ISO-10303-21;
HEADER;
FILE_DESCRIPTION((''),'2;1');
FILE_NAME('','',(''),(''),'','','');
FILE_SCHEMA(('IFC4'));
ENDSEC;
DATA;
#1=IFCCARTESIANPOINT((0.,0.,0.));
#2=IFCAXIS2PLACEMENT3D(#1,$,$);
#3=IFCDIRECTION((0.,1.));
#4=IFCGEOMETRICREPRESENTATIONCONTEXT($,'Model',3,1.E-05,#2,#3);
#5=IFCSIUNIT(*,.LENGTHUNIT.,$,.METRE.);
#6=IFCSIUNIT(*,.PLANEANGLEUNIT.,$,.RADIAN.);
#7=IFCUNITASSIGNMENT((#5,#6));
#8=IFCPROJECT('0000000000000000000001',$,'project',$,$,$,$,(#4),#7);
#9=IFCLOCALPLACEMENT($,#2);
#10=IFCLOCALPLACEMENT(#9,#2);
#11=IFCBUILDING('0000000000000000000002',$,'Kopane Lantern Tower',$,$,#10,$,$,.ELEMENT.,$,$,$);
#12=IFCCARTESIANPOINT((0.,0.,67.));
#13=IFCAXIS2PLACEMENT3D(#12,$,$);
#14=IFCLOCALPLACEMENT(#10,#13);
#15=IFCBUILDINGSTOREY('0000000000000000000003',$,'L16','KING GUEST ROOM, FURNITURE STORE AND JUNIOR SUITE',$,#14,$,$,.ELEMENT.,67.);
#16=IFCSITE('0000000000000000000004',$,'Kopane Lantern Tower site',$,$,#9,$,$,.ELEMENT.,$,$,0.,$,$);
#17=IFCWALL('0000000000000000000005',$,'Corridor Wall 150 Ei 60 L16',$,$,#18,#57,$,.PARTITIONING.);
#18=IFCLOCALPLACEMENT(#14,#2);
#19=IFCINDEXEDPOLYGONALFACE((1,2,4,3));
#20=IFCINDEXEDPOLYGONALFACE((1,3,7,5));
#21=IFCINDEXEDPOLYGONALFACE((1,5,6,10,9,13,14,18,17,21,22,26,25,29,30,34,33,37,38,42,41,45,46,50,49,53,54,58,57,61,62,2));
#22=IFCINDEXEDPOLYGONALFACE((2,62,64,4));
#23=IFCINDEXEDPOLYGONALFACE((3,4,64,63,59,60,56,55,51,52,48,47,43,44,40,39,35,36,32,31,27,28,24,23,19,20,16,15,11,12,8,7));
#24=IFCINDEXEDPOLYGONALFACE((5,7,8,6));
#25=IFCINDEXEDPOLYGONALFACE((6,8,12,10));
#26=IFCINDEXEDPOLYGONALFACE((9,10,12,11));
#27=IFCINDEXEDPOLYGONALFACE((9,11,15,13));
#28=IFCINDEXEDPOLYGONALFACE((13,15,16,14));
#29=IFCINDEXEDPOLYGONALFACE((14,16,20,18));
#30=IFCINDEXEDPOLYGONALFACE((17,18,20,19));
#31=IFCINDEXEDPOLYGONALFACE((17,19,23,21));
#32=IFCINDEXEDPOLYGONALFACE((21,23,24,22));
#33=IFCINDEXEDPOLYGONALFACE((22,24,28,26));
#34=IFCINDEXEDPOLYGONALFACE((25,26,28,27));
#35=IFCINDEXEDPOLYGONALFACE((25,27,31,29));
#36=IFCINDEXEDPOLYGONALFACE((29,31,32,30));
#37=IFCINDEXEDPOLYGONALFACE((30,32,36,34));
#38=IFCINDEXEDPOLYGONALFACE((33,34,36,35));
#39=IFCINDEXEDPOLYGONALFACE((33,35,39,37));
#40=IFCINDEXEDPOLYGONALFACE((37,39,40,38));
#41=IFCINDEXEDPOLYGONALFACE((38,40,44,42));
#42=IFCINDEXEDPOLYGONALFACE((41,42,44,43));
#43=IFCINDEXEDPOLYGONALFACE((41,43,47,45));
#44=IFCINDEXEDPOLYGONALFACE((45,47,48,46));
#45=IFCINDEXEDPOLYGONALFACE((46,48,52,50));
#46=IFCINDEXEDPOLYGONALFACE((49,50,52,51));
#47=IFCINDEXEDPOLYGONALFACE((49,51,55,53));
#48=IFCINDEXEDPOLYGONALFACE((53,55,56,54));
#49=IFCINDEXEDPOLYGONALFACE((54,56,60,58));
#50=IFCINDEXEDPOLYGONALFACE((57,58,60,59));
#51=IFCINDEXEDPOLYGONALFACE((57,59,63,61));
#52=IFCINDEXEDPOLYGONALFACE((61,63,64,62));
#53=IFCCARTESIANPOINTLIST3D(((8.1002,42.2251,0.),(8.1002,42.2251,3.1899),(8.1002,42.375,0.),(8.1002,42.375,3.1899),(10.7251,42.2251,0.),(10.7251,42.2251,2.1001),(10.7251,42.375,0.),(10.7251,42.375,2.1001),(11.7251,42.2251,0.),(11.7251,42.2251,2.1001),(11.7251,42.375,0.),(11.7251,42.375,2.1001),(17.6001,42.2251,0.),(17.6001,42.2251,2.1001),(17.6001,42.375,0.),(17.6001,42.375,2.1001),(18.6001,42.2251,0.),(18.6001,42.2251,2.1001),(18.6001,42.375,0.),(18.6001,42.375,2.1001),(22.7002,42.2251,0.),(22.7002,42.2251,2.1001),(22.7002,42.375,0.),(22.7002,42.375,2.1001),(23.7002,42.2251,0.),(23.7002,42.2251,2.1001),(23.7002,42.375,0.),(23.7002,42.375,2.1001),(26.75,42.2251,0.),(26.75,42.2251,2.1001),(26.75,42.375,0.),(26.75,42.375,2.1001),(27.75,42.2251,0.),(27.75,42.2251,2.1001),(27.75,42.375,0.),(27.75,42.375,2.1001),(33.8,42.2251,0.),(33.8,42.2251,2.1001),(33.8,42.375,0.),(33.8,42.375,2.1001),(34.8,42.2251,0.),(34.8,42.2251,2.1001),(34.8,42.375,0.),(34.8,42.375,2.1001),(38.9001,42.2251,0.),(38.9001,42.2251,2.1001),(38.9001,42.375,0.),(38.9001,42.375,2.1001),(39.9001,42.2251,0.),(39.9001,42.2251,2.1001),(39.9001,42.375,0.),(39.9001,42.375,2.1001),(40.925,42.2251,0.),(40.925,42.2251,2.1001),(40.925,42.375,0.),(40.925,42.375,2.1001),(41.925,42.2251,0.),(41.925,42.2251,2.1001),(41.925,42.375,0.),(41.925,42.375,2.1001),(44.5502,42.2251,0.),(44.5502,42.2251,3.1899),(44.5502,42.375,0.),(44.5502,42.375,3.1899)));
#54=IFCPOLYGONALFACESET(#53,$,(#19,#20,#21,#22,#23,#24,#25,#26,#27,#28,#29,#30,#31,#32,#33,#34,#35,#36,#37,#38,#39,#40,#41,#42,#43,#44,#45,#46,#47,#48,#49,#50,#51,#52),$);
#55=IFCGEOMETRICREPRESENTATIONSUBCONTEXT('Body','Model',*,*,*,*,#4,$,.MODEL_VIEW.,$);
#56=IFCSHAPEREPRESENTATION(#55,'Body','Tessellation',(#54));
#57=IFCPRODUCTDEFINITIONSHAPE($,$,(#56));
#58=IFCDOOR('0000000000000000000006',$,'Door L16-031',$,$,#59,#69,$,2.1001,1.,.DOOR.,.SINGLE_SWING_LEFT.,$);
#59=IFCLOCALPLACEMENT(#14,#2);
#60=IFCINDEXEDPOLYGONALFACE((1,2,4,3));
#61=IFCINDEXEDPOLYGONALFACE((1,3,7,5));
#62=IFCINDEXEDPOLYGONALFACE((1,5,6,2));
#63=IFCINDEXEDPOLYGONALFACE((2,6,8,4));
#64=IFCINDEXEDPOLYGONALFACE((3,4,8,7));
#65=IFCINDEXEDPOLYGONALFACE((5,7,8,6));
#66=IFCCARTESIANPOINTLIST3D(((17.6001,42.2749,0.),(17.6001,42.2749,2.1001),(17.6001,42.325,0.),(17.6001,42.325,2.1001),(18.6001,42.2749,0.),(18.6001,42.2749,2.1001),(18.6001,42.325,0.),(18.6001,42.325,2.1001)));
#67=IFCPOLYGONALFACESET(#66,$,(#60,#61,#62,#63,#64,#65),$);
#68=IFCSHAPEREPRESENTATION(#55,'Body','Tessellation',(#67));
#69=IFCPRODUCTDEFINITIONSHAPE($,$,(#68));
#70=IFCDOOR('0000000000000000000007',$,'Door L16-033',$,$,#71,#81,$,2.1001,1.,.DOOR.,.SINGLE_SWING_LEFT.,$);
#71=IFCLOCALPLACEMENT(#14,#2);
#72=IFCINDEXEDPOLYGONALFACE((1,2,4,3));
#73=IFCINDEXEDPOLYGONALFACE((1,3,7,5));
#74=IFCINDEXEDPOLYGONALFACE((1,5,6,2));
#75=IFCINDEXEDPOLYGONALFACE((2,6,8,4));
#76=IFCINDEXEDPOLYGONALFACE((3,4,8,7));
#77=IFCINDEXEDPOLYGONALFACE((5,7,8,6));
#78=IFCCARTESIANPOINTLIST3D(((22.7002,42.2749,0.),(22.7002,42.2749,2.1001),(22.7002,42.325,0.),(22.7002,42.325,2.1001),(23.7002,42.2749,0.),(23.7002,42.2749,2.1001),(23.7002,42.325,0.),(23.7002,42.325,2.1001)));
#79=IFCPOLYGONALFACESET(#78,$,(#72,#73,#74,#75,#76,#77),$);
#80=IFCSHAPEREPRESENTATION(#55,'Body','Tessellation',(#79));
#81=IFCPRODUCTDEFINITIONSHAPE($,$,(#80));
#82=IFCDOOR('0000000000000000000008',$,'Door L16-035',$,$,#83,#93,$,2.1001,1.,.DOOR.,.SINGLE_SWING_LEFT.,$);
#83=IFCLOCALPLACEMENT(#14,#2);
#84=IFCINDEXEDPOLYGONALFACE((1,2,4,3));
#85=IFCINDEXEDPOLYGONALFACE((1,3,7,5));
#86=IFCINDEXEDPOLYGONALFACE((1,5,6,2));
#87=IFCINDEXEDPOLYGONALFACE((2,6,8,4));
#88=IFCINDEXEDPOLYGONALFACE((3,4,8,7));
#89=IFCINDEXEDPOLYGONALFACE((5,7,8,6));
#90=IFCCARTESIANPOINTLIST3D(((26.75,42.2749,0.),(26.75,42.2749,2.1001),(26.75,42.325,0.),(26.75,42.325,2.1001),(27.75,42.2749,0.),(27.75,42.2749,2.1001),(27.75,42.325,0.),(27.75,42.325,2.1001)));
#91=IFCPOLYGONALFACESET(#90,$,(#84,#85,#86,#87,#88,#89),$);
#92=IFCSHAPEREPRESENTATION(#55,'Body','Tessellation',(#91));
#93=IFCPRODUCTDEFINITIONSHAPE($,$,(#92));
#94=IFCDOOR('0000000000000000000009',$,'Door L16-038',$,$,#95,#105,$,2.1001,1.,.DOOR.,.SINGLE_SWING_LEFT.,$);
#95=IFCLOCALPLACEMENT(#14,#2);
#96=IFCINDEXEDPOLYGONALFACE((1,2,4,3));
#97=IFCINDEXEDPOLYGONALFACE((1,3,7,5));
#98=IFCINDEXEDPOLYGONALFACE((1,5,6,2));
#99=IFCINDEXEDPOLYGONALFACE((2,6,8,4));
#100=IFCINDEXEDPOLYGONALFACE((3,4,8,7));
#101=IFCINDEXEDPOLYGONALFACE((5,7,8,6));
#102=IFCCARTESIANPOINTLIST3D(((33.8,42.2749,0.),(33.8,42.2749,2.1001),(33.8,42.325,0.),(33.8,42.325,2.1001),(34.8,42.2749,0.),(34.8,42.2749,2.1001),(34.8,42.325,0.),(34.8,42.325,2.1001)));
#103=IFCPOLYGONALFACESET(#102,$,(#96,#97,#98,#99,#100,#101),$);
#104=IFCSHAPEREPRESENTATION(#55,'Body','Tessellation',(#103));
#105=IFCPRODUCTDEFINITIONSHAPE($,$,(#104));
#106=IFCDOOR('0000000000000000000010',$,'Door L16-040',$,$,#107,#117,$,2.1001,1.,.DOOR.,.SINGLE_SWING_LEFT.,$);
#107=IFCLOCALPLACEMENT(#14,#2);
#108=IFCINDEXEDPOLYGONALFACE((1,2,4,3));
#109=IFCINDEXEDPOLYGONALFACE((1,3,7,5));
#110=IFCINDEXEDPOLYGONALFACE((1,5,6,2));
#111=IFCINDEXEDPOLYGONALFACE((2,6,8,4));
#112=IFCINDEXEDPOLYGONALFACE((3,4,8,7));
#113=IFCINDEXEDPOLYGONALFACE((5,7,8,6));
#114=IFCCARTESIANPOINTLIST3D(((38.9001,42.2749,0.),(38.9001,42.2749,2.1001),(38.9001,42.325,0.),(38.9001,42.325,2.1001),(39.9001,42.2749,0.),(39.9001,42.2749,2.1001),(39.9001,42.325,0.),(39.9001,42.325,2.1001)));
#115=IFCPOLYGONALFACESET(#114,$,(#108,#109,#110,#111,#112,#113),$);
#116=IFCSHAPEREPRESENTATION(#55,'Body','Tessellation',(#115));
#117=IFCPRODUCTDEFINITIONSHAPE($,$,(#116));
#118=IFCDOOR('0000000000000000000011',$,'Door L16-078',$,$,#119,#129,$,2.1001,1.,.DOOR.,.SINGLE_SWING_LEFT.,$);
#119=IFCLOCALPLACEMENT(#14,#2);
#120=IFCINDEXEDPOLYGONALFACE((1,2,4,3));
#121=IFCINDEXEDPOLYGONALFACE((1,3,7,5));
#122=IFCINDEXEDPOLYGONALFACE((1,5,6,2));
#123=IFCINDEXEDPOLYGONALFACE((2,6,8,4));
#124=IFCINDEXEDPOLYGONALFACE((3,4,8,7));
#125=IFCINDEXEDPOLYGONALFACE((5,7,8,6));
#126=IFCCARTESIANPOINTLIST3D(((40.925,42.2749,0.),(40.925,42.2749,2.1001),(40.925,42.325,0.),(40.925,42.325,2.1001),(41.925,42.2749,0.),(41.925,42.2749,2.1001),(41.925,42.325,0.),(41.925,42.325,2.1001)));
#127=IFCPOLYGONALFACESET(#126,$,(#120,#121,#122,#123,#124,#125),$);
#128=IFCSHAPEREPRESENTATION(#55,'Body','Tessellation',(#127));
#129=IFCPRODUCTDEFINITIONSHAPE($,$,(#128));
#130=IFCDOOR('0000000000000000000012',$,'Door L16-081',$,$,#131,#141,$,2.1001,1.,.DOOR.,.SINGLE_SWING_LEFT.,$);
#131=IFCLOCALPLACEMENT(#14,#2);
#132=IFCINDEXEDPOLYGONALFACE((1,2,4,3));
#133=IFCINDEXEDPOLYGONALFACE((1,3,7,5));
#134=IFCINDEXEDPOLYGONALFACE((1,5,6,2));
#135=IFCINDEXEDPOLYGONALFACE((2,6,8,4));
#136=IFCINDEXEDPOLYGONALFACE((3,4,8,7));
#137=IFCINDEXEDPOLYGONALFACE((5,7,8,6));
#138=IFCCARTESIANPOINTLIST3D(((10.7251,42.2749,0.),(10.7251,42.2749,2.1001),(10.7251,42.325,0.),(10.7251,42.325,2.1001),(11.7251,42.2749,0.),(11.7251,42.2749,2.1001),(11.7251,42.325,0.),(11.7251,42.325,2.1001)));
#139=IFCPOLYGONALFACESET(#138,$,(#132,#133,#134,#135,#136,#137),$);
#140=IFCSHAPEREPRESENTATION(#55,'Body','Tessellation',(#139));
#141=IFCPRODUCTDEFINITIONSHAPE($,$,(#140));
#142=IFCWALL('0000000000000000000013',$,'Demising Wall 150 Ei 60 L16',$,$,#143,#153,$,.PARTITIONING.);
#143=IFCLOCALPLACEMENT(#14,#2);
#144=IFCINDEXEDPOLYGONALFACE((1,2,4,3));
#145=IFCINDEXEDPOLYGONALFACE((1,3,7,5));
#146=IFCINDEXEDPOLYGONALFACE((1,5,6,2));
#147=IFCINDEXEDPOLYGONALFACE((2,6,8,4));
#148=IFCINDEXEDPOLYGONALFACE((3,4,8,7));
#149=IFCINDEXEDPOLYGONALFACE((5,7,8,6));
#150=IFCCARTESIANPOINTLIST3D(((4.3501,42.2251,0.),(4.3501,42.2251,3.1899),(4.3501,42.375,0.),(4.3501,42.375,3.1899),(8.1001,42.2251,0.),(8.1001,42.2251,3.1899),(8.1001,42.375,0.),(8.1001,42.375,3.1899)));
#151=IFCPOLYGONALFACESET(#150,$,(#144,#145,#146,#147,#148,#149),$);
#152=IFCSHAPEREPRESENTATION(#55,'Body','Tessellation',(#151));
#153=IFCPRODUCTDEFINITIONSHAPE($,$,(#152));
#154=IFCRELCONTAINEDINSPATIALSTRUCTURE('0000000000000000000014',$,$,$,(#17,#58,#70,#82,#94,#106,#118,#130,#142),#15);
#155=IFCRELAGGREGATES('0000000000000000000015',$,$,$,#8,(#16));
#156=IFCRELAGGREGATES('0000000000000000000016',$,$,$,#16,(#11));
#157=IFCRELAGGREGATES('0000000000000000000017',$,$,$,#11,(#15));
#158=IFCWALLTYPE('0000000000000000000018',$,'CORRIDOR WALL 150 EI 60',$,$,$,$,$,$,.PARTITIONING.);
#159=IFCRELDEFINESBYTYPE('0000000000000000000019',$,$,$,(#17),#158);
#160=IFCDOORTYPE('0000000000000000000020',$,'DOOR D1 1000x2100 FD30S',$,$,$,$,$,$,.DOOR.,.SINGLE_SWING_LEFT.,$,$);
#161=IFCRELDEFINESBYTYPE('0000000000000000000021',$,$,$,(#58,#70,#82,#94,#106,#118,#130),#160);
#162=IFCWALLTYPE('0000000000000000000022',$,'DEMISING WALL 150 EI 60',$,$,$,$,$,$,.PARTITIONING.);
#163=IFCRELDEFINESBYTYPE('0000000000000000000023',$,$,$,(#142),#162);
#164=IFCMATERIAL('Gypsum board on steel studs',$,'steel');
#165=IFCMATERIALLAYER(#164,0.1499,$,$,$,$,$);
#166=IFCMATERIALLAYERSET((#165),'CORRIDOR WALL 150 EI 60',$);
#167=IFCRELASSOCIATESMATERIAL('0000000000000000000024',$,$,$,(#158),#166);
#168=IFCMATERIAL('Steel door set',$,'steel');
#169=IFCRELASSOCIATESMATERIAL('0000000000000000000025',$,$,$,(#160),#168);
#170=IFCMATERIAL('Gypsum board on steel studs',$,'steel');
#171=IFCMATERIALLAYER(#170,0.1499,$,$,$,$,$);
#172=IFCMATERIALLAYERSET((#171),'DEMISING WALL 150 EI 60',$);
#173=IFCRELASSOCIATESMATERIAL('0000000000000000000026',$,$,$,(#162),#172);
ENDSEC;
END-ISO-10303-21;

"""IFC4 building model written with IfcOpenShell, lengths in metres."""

from ifc_helpers import new_model, si_unit, direction, frame, frame_2d, origin, place, context, subcontext, project, spatial, rectangle, extrude, material, layer, layer_set, type_object, element, fill, save


model = new_model("IFC4")

# Units and contexts
model_context = context("Model", 3, precision=1e-05, world=origin(), true_north=direction((0.0, 1.0)))
body_context = subcontext(model_context, "Body", "Model", "MODEL_VIEW")
ifc_project = project(units=[si_unit("LENGTHUNIT", "METRE"), si_unit("PLANEANGLEUNIT", "RADIAN")], contexts=[model_context])

# Site, building, storey
site_placement = place(None, origin())
site = spatial("IfcSite", under=ifc_project, at=site_placement, Name="Kopane Lantern Tower site", CompositionType="ELEMENT", RefElevation=0.0)
building_placement = place(site_placement, origin())
building = spatial("IfcBuilding", under=site, at=building_placement, Name="Kopane Lantern Tower", CompositionType="ELEMENT")
storey_placement = place(building_placement, frame((0.0, 0.0, 67.0)))
storey = spatial("IfcBuildingStorey", under=building, at=storey_placement, Name="L16", Description="KING GUEST ROOM, FURNITURE STORE AND JUNIOR SUITE", CompositionType="ELEMENT", Elevation=67.0)

# Wall, openings, doors
ifc_material_1 = material(Name="Gypsum board on steel studs", Category="steel")
ifc_layer_1 = layer(ifc_material_1, 0.1499)
ifc_layer_set_1 = layer_set([ifc_layer_1], Name="CORRIDOR WALL 150 EI 60")
wall_type_1 = type_object("IfcWallType", Name="CORRIDOR WALL 150 EI 60", PredefinedType="PARTITIONING", material=ifc_layer_set_1)
wall_1_placement = place(storey_placement, frame((8.1001, 42.3, 0.0), z_axis=(0.0, 0.0, 1.0), x_axis=(1.0, 0.0, 0.0)))
wall_1 = element("IfcWall", 1, at=wall_1_placement, inside=storey, type_object=wall_type_1, Name="Corridor Wall 150 Ei 60 L16", PredefinedType="PARTITIONING", context=body_context, shape_type="SweptSolid", body=[
    extrude(rectangle(XDim=36.45, YDim=0.1499, at=frame_2d((18.2251, 0.0))), origin(), (0.0, 0.0, 1.0), 3.1899),
])
opening_1_placement = place(wall_1_placement, frame((9.5, 0.0, 0.0)))
opening_1 = element("IfcOpeningElement", 2, at=opening_1_placement, cuts=wall_1, PredefinedType="OPENING", context=body_context, shape_type="SweptSolid", body=[
    extrude(rectangle(XDim=1.0, YDim=2.1001, at=frame_2d((0.5, 1.05))), frame((0.0, 0.085, 0.0), z_axis=(0.0, -1.0, 0.0), x_axis=(1.0, 0.0, 0.0)), (0.0, 0.0, 1.0), 0.1699),
])
opening_2_placement = place(wall_1_placement, frame((14.6001, 0.0, 0.0)))
opening_2 = element("IfcOpeningElement", 3, at=opening_2_placement, cuts=wall_1, PredefinedType="OPENING", context=body_context, shape_type="SweptSolid", body=[
    extrude(rectangle(XDim=1.0, YDim=2.1001, at=frame_2d((0.5, 1.05))), frame((0.0, 0.085, 0.0), z_axis=(0.0, -1.0, 0.0), x_axis=(1.0, 0.0, 0.0)), (0.0, 0.0, 1.0), 0.1699),
])
opening_3_placement = place(wall_1_placement, frame((18.6499, 0.0, 0.0)))
opening_3 = element("IfcOpeningElement", 4, at=opening_3_placement, cuts=wall_1, PredefinedType="OPENING", context=body_context, shape_type="SweptSolid", body=[
    extrude(rectangle(XDim=1.0, YDim=2.1001, at=frame_2d((0.5, 1.05))), frame((0.0, 0.085, 0.0), z_axis=(0.0, -1.0, 0.0), x_axis=(1.0, 0.0, 0.0)), (0.0, 0.0, 1.0), 0.1699),
])
opening_4_placement = place(wall_1_placement, frame((25.7, 0.0, 0.0)))
opening_4 = element("IfcOpeningElement", 5, at=opening_4_placement, cuts=wall_1, PredefinedType="OPENING", context=body_context, shape_type="SweptSolid", body=[
    extrude(rectangle(XDim=1.0, YDim=2.1001, at=frame_2d((0.5, 1.05))), frame((0.0, 0.085, 0.0), z_axis=(0.0, -1.0, 0.0), x_axis=(1.0, 0.0, 0.0)), (0.0, 0.0, 1.0), 0.1699),
])
opening_5_placement = place(wall_1_placement, frame((30.8, 0.0, 0.0)))
opening_5 = element("IfcOpeningElement", 6, at=opening_5_placement, cuts=wall_1, PredefinedType="OPENING", context=body_context, shape_type="SweptSolid", body=[
    extrude(rectangle(XDim=1.0, YDim=2.1001, at=frame_2d((0.5, 1.05))), frame((0.0, 0.085, 0.0), z_axis=(0.0, -1.0, 0.0), x_axis=(1.0, 0.0, 0.0)), (0.0, 0.0, 1.0), 0.1699),
])
opening_6_placement = place(wall_1_placement, frame((32.825, 0.0, 0.0)))
opening_6 = element("IfcOpeningElement", 7, at=opening_6_placement, cuts=wall_1, PredefinedType="OPENING", context=body_context, shape_type="SweptSolid", body=[
    extrude(rectangle(XDim=1.0, YDim=2.1001, at=frame_2d((0.5, 1.05))), frame((0.0, 0.085, 0.0), z_axis=(0.0, -1.0, 0.0), x_axis=(1.0, 0.0, 0.0)), (0.0, 0.0, 1.0), 0.1699),
])
opening_7_placement = place(wall_1_placement, frame((2.625, 0.0, 0.0)))
opening_7 = element("IfcOpeningElement", 8, at=opening_7_placement, cuts=wall_1, PredefinedType="OPENING", context=body_context, shape_type="SweptSolid", body=[
    extrude(rectangle(XDim=1.0, YDim=2.1001, at=frame_2d((0.5, 1.05))), frame((0.0, 0.085, 0.0), z_axis=(0.0, -1.0, 0.0), x_axis=(1.0, 0.0, 0.0)), (0.0, 0.0, 1.0), 0.1699),
])
ifc_material_2 = material(Name="Steel door set", Category="steel")
door_type = type_object("IfcDoorType", Name="DOOR D1 1000x2100 FD30S", OperationType="SINGLE_SWING_LEFT", PredefinedType="DOOR", material=ifc_material_2)
door_1_placement = place(opening_1_placement, origin())
door_1 = element("IfcDoor", 9, at=door_1_placement, inside=storey, type_object=door_type, Name="Door L16-031", OperationType="SINGLE_SWING_LEFT", OverallHeight=2.1001, OverallWidth=1.0, PredefinedType="DOOR", context=body_context, shape_type="SweptSolid", body=[
    extrude(rectangle(XDim=1.0, YDim=2.1001, at=frame_2d((0.5, 1.05))), frame((0.0, 0.0249, 0.0), z_axis=(0.0, -1.0, 0.0), x_axis=(1.0, 0.0, 0.0)), (0.0, 0.0, 1.0), 0.05),
])
fill(opening_1, door_1)
door_2_placement = place(opening_2_placement, origin())
door_2 = element("IfcDoor", 10, at=door_2_placement, inside=storey, type_object=door_type, Name="Door L16-033", OperationType="SINGLE_SWING_LEFT", OverallHeight=2.1001, OverallWidth=1.0, PredefinedType="DOOR", context=body_context, shape_type="SweptSolid", body=[
    extrude(rectangle(XDim=1.0, YDim=2.1001, at=frame_2d((0.5, 1.05))), frame((0.0, 0.0249, 0.0), z_axis=(0.0, -1.0, 0.0), x_axis=(1.0, 0.0, 0.0)), (0.0, 0.0, 1.0), 0.05),
])
fill(opening_2, door_2)
door_3_placement = place(opening_3_placement, origin())
door_3 = element("IfcDoor", 11, at=door_3_placement, inside=storey, type_object=door_type, Name="Door L16-035", OperationType="SINGLE_SWING_LEFT", OverallHeight=2.1001, OverallWidth=1.0, PredefinedType="DOOR", context=body_context, shape_type="SweptSolid", body=[
    extrude(rectangle(XDim=1.0, YDim=2.1001, at=frame_2d((0.5, 1.05))), frame((0.0, 0.0249, 0.0), z_axis=(0.0, -1.0, 0.0), x_axis=(1.0, 0.0, 0.0)), (0.0, 0.0, 1.0), 0.05),
])
fill(opening_3, door_3)
door_4_placement = place(opening_4_placement, origin())
door_4 = element("IfcDoor", 12, at=door_4_placement, inside=storey, type_object=door_type, Name="Door L16-038", OperationType="SINGLE_SWING_LEFT", OverallHeight=2.1001, OverallWidth=1.0, PredefinedType="DOOR", context=body_context, shape_type="SweptSolid", body=[
    extrude(rectangle(XDim=1.0, YDim=2.1001, at=frame_2d((0.5, 1.05))), frame((0.0, 0.0249, 0.0), z_axis=(0.0, -1.0, 0.0), x_axis=(1.0, 0.0, 0.0)), (0.0, 0.0, 1.0), 0.05),
])
fill(opening_4, door_4)
door_5_placement = place(opening_5_placement, origin())
door_5 = element("IfcDoor", 13, at=door_5_placement, inside=storey, type_object=door_type, Name="Door L16-040", OperationType="SINGLE_SWING_LEFT", OverallHeight=2.1001, OverallWidth=1.0, PredefinedType="DOOR", context=body_context, shape_type="SweptSolid", body=[
    extrude(rectangle(XDim=1.0, YDim=2.1001, at=frame_2d((0.5, 1.05))), frame((0.0, 0.0249, 0.0), z_axis=(0.0, -1.0, 0.0), x_axis=(1.0, 0.0, 0.0)), (0.0, 0.0, 1.0), 0.05),
])
fill(opening_5, door_5)
door_6_placement = place(opening_6_placement, origin())
door_6 = element("IfcDoor", 14, at=door_6_placement, inside=storey, type_object=door_type, Name="Door L16-078", OperationType="SINGLE_SWING_LEFT", OverallHeight=2.1001, OverallWidth=1.0, PredefinedType="DOOR", context=body_context, shape_type="SweptSolid", body=[
    extrude(rectangle(XDim=1.0, YDim=2.1001, at=frame_2d((0.5, 1.05))), frame((0.0, 0.0249, 0.0), z_axis=(0.0, -1.0, 0.0), x_axis=(1.0, 0.0, 0.0)), (0.0, 0.0, 1.0), 0.05),
])
fill(opening_6, door_6)
door_7_placement = place(opening_7_placement, origin())
door_7 = element("IfcDoor", 15, at=door_7_placement, inside=storey, type_object=door_type, Name="Door L16-081", OperationType="SINGLE_SWING_LEFT", OverallHeight=2.1001, OverallWidth=1.0, PredefinedType="DOOR", context=body_context, shape_type="SweptSolid", body=[
    extrude(rectangle(XDim=1.0, YDim=2.1001, at=frame_2d((0.5, 1.05))), frame((0.0, 0.0249, 0.0), z_axis=(0.0, -1.0, 0.0), x_axis=(1.0, 0.0, 0.0)), (0.0, 0.0, 1.0), 0.05),
])
fill(opening_7, door_7)

# Wall
ifc_material_3 = material(Name="Gypsum board on steel studs", Category="steel")
ifc_layer_2 = layer(ifc_material_3, 0.1499)
ifc_layer_set_2 = layer_set([ifc_layer_2], Name="DEMISING WALL 150 EI 60")
wall_type_2 = type_object("IfcWallType", Name="DEMISING WALL 150 EI 60", PredefinedType="PARTITIONING", material=ifc_layer_set_2)
wall_2_placement = place(storey_placement, frame((4.3501, 42.3, 0.0), z_axis=(0.0, 0.0, 1.0), x_axis=(1.0, 0.0, 0.0)))
element("IfcWall", 16, at=wall_2_placement, inside=storey, type_object=wall_type_2, Name="Demising Wall 150 Ei 60 L16", PredefinedType="PARTITIONING", context=body_context, shape_type="SweptSolid", body=[
    extrude(rectangle(XDim=3.75, YDim=0.1499, at=frame_2d((1.875, 0.0))), origin(), (0.0, 0.0, 1.0), 3.1899),
])

save(model, "model.ifc")
